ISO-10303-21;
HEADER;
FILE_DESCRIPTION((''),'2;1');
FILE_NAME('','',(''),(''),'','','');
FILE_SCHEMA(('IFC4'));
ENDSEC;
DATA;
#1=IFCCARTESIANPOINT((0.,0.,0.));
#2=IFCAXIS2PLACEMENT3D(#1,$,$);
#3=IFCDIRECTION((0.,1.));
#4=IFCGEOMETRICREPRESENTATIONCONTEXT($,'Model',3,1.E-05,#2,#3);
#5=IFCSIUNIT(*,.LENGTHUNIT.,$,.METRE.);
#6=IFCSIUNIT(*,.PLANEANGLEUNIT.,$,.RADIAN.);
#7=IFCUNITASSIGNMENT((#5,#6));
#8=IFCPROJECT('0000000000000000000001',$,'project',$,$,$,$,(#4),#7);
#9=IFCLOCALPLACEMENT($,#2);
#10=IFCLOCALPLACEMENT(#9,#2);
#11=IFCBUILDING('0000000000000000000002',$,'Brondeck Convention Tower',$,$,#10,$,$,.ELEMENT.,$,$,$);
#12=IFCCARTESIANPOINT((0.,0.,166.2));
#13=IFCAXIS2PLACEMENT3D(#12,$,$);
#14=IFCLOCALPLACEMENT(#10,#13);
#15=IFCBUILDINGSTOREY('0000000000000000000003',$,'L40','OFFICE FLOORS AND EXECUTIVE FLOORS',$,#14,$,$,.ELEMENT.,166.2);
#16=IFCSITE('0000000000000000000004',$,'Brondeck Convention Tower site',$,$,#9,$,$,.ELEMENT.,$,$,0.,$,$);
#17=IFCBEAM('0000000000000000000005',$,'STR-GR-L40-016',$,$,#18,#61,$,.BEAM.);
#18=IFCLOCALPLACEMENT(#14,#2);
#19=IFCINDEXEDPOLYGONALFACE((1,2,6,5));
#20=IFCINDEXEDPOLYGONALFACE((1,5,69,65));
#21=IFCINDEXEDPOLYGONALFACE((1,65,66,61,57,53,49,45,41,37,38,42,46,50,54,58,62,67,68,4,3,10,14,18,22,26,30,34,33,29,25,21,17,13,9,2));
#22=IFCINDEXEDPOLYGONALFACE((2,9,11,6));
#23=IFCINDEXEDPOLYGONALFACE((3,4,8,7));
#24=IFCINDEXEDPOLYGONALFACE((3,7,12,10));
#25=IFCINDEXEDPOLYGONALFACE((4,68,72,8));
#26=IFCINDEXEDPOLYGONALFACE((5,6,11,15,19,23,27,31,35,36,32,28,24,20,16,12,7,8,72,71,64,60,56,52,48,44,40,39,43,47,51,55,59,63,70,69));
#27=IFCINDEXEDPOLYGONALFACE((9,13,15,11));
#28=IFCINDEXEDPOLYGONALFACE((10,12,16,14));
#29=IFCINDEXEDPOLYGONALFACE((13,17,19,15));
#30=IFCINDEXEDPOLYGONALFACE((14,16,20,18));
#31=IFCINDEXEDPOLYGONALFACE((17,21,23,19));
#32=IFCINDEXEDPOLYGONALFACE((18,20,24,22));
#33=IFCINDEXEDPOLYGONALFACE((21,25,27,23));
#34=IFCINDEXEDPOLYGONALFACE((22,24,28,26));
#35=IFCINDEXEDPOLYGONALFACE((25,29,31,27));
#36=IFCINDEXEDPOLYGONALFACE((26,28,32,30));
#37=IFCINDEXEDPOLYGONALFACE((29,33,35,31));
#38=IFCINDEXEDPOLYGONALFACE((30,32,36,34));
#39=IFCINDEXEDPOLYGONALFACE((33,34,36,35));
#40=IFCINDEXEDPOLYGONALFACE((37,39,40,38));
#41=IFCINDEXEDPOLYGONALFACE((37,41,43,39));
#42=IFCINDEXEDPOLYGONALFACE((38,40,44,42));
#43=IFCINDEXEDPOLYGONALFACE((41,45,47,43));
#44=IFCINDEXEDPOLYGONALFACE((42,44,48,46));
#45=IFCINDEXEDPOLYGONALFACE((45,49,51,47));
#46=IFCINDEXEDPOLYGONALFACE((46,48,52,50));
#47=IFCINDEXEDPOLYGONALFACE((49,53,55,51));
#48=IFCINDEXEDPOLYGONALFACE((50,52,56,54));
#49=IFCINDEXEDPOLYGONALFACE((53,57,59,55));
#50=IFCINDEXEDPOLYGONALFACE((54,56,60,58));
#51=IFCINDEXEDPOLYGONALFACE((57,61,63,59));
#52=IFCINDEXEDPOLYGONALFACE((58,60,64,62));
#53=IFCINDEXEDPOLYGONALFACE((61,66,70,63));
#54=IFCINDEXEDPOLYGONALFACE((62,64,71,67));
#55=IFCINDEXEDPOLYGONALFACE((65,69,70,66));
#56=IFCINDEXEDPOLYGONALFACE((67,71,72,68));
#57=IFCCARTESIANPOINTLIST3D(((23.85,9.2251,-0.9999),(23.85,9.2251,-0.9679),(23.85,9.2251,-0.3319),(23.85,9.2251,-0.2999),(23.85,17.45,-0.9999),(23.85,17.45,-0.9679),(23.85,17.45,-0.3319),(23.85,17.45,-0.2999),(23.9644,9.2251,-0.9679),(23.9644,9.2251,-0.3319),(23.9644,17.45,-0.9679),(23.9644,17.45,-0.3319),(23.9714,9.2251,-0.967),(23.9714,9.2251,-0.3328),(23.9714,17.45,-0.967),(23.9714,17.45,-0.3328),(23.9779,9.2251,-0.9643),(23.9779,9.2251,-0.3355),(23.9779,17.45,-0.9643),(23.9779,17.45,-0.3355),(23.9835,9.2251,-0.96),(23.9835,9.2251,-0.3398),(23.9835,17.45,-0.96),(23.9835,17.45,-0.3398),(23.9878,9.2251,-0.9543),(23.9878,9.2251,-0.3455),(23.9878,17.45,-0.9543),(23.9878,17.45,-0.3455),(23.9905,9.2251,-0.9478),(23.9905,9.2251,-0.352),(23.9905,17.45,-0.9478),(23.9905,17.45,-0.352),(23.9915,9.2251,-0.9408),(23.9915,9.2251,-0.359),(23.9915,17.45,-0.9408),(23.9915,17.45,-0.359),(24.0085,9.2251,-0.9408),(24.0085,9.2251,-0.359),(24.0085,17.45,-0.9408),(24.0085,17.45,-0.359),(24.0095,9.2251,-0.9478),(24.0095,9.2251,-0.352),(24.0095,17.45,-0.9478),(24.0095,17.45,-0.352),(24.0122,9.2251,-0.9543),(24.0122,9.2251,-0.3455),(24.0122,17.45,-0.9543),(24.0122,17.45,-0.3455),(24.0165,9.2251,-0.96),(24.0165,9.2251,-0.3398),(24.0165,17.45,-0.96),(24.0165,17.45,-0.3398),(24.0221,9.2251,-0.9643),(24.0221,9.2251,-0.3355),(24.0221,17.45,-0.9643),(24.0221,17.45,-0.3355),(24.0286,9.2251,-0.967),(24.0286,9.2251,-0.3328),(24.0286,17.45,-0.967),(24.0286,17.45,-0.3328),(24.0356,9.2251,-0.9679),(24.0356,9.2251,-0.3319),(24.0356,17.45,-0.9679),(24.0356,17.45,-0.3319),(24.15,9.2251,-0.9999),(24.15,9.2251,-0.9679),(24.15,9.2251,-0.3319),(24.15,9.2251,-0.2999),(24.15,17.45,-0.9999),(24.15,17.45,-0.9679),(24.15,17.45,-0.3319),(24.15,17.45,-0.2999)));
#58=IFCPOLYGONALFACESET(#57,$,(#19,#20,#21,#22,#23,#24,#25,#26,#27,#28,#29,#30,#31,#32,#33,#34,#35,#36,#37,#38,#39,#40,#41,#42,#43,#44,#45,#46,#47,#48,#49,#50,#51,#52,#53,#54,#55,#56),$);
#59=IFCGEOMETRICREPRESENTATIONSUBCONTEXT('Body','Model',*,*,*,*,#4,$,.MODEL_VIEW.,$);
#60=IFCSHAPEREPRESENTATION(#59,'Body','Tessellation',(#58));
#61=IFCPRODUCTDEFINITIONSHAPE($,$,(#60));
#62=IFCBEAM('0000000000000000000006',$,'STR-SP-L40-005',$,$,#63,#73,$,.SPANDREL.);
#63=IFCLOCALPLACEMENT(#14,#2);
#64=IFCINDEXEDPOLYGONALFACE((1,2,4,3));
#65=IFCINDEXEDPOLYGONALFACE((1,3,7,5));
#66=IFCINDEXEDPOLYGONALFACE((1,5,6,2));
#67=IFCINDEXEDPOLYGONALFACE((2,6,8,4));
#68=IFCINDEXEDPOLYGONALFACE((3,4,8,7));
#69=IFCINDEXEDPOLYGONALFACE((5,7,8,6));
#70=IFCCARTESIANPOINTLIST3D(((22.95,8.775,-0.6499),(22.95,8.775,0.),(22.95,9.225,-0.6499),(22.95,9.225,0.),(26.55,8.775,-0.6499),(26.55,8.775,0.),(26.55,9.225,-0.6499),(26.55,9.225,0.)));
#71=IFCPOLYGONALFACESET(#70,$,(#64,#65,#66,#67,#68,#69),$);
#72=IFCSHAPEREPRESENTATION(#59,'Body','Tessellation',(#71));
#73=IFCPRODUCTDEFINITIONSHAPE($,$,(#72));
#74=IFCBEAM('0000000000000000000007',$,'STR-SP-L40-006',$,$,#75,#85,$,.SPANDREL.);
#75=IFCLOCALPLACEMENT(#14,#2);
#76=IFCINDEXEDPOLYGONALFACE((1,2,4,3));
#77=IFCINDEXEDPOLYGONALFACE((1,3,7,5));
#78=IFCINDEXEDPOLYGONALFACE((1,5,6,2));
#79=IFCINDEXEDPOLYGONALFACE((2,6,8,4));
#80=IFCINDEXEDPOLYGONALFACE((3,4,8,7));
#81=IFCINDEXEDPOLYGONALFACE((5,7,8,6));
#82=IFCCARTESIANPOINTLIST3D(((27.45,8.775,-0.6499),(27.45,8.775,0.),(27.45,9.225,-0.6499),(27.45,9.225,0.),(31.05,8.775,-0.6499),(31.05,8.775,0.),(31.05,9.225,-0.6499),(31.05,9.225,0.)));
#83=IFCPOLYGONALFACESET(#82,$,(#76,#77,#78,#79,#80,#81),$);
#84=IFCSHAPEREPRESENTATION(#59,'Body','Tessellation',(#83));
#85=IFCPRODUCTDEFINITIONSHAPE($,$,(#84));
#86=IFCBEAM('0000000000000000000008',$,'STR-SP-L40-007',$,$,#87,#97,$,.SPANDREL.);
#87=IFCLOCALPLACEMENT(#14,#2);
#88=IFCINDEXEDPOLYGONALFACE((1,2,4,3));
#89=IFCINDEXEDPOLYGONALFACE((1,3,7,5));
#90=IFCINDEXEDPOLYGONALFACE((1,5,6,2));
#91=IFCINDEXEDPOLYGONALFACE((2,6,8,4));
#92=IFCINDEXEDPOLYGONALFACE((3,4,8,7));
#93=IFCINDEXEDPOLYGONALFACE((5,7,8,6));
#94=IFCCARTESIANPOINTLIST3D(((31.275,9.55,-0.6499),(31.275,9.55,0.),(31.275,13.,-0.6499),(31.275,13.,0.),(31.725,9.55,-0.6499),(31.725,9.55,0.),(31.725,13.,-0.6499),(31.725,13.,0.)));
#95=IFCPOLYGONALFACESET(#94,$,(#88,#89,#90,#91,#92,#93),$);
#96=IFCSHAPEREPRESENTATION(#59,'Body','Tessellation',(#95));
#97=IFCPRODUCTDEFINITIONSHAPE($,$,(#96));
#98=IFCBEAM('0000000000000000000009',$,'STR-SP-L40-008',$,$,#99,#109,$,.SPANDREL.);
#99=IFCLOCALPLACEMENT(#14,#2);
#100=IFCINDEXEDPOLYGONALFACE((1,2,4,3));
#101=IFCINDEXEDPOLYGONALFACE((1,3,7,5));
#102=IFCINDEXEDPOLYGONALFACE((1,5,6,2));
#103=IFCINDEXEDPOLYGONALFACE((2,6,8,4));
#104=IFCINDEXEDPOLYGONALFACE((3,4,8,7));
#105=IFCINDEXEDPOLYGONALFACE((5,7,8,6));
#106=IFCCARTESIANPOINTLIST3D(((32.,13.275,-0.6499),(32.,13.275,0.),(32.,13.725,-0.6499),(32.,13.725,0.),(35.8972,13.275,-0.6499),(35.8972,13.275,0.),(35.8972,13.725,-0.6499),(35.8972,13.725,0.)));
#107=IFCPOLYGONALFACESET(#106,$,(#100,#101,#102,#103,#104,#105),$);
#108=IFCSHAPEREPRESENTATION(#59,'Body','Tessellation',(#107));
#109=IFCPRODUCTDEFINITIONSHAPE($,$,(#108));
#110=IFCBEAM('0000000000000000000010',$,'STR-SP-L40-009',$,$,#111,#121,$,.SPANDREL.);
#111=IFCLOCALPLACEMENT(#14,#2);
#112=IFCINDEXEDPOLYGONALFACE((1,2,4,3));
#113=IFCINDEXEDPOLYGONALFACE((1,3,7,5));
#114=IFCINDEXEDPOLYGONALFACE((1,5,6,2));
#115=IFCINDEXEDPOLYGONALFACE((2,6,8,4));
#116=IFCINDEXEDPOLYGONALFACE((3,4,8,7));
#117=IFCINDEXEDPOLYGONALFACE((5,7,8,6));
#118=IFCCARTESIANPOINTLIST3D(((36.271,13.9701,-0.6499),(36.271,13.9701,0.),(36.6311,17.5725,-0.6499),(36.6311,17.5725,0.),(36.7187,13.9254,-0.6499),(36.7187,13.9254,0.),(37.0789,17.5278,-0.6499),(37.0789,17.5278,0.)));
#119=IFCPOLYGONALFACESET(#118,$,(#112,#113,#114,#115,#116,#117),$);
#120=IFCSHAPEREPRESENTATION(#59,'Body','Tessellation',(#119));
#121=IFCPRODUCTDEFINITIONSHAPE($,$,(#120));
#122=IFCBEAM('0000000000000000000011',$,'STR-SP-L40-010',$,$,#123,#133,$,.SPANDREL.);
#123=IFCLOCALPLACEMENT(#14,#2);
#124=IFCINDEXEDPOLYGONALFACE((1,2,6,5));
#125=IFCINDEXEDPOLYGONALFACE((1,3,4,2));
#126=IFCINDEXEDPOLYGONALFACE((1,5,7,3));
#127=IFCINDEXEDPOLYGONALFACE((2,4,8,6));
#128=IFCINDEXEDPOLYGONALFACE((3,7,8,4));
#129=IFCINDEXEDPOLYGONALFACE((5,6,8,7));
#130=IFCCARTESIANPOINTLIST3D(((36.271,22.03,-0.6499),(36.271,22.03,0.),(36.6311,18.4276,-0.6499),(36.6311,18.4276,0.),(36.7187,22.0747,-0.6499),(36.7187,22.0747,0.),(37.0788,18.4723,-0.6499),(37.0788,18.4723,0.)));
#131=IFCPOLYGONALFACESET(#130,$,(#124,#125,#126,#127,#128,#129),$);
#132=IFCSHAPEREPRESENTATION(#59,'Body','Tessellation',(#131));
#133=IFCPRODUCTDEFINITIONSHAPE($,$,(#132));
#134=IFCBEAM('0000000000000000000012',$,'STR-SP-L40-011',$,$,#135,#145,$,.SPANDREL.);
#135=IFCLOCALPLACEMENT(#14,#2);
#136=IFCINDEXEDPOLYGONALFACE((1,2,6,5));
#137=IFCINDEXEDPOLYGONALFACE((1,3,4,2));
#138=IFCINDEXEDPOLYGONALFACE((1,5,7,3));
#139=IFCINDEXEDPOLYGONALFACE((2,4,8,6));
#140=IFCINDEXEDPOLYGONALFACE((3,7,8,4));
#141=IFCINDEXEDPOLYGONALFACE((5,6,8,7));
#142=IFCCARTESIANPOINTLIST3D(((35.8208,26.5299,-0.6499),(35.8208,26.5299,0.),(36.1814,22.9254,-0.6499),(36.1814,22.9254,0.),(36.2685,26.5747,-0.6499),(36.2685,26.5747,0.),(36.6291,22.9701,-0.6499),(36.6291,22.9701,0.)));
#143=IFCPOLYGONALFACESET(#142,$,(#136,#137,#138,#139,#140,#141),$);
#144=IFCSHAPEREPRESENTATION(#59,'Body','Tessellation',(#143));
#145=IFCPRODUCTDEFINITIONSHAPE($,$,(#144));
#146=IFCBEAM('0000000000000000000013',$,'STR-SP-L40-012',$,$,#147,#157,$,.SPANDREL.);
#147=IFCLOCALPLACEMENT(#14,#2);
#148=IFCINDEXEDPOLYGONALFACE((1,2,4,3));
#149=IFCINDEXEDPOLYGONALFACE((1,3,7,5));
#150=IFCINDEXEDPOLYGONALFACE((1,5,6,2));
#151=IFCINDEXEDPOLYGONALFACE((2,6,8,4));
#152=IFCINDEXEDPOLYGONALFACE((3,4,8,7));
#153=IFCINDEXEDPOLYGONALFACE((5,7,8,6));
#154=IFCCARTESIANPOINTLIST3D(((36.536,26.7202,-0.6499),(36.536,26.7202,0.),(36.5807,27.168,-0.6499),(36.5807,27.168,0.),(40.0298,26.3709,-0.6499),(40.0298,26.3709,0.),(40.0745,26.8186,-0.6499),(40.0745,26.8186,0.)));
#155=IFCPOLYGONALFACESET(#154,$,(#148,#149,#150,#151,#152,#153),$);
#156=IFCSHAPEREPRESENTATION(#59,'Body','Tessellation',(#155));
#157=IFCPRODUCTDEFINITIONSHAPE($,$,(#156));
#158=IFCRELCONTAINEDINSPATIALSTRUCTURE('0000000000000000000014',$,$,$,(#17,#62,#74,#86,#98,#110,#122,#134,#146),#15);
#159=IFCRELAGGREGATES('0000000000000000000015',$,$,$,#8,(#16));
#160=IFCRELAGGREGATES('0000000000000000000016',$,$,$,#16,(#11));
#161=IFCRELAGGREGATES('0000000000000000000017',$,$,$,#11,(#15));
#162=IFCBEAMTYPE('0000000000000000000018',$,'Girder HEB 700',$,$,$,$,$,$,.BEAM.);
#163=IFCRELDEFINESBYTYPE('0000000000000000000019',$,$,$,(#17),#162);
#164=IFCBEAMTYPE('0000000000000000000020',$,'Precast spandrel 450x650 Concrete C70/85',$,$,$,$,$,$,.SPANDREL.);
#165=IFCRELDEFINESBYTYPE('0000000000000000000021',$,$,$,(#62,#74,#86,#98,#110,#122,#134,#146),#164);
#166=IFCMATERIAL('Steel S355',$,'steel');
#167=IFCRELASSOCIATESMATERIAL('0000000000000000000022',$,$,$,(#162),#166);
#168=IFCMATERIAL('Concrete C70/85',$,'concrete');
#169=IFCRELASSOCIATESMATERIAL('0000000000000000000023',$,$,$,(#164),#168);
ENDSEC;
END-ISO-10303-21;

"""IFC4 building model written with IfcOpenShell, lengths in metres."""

from ifc_helpers import new_model, si_unit, direction, frame, origin, origin_2d, place, context, subcontext, project, spatial, rectangle, i_section, extrude, material, material_profile, profile_set, type_object, element, save


model = new_model("IFC4")

# Units and contexts
model_context = context("Model", 3, precision=1e-05, world=origin(), true_north=direction((0.0, 1.0)))
body_context = subcontext(model_context, "Body", "Model", "MODEL_VIEW")
ifc_project = project(units=[si_unit("LENGTHUNIT", "METRE"), si_unit("PLANEANGLEUNIT", "RADIAN")], contexts=[model_context])

# Site, building, storey
site_placement = place(None, origin())
site = spatial("IfcSite", under=ifc_project, at=site_placement, Name="Brondeck Convention Tower site", CompositionType="ELEMENT", RefElevation=0.0)
building_placement = place(site_placement, origin())
building = spatial("IfcBuilding", under=site, at=building_placement, Name="Brondeck Convention Tower", CompositionType="ELEMENT")
storey_placement = place(building_placement, frame((0.0, 0.0, 166.2)))
storey = spatial("IfcBuildingStorey", under=building, at=storey_placement, Name="L40", Description="OFFICE FLOORS AND EXECUTIVE FLOORS", CompositionType="ELEMENT", Elevation=166.2)

# Shared definitions
ifc_material_1 = material(Name="Concrete C70/85", Category="concrete")

# Beams
ifc_material_2 = material(Name="Steel S355", Category="steel")
ifc_material_profile_1 = material_profile(ifc_material_2, i_section(OverallWidth=0.3, OverallDepth=0.7, WebThickness=0.0171, FlangeThickness=0.032, FilletRadius=0.0271, at=origin_2d()), Name="HEB 700")
ifc_profile_set_1 = profile_set([ifc_material_profile_1], Name="Steel S355")
beam_type_1 = type_object("IfcBeamType", Name="Girder HEB 700", PredefinedType="BEAM", material=ifc_profile_set_1)
beam_1_placement = place(storey_placement, frame((24.0, 17.45, -0.6499), z_axis=(0.0, -1.0, 0.0), x_axis=(1.0, 0.0, 0.0)))
element("IfcBeam", 1, at=beam_1_placement, inside=storey, type_object=beam_type_1, Name="STR-GR-L40-016", PredefinedType="BEAM", context=body_context, shape_type="SweptSolid", body=[
    extrude(i_section(OverallWidth=0.3, OverallDepth=0.7, WebThickness=0.0171, FlangeThickness=0.032, FilletRadius=0.0271, at=origin_2d()), origin(), (0.0, 0.0, 1.0), 8.2249),
])
ifc_material_profile_2 = material_profile(ifc_material_1, rectangle(XDim=0.45, YDim=0.6499, at=origin_2d()), Name="Precast spandrel 450x650 Concrete C70/85")
ifc_profile_set_2 = profile_set([ifc_material_profile_2], Name="Concrete C70/85")
beam_type_2 = type_object("IfcBeamType", Name="Precast spandrel 450x650 Concrete C70/85", PredefinedType="SPANDREL", material=ifc_profile_set_2)
for number, where, z_axis, x_axis, name in (
    (2, (22.95, 9.0, -0.325), (1.0, 0.0, 0.0), (0.0, 1.0, 0.0), "STR-SP-L40-005"),
    (3, (27.45, 9.0, -0.325), (1.0, 0.0, 0.0), (0.0, 1.0, 0.0), "STR-SP-L40-006"),
):
    element("IfcBeam", number, at=place(storey_placement, frame(where, z_axis=z_axis, x_axis=x_axis)), inside=storey, type_object=beam_type_2, Name=name, PredefinedType="SPANDREL", context=body_context, shape_type="SweptSolid", body=[
        extrude(rectangle(XDim=0.45, YDim=0.6499, at=origin_2d()), origin(), (0.0, 0.0, 1.0), 3.6001),
    ])
beam_2_placement = place(storey_placement, frame((31.5, 9.55, -0.325), z_axis=(0.0, 1.0, 0.0), x_axis=(-1.0, 0.0, 0.0)))
element("IfcBeam", 4, at=beam_2_placement, inside=storey, type_object=beam_type_2, Name="STR-SP-L40-007", PredefinedType="SPANDREL", context=body_context, shape_type="SweptSolid", body=[
    extrude(rectangle(XDim=0.45, YDim=0.6499, at=origin_2d()), origin(), (0.0, 0.0, 1.0), 3.45),
])
beam_3_placement = place(storey_placement, frame((32.0, 13.5, -0.325), z_axis=(1.0, 0.0, 0.0), x_axis=(0.0, 1.0, 0.0)))
element("IfcBeam", 5, at=beam_3_placement, inside=storey, type_object=beam_type_2, Name="STR-SP-L40-008", PredefinedType="SPANDREL", context=body_context, shape_type="SweptSolid", body=[
    extrude(rectangle(XDim=0.45, YDim=0.6499, at=origin_2d()), origin(), (0.0, 0.0, 1.0), 3.8972),
])
for number, where, z_axis, x_axis, name in (
    (6, (36.4949, 13.9478, -0.325), (0.09947, 0.995041, 0.0), (-0.995041, 0.09947, 0.0), "STR-SP-L40-009"),
    (7, (36.855, 18.45, -0.325), (-0.09947, 0.995041, 0.0), (-0.995041, -0.09947, 0.0), "STR-SP-L40-010"),
):
    element("IfcBeam", number, at=place(storey_placement, frame(where, z_axis=z_axis, x_axis=x_axis)), inside=storey, type_object=beam_type_2, Name=name, PredefinedType="SPANDREL", context=body_context, shape_type="SweptSolid", body=[
        extrude(rectangle(XDim=0.45, YDim=0.6499, at=origin_2d()), origin(), (0.0, 0.0, 1.0), 3.6204),
    ])
beam_4_placement = place(storey_placement, frame((36.4053, 22.9478, -0.325), z_axis=(-0.099544, 0.995033, 0.0), x_axis=(-0.995033, -0.099544, 0.0)))
element("IfcBeam", 8, at=beam_4_placement, inside=storey, type_object=beam_type_2, Name="STR-SP-L40-011", PredefinedType="SPANDREL", context=body_context, shape_type="SweptSolid", body=[
    extrude(rectangle(XDim=0.45, YDim=0.6499, at=origin_2d()), origin(), (0.0, 0.0, 1.0), 3.6226),
])
beam_5_placement = place(storey_placement, frame((36.5583, 26.9441, -0.325), z_axis=(0.995038, -0.099497, 0.0), x_axis=(0.099497, 0.995038, 0.0)))
element("IfcBeam", 9, at=beam_5_placement, inside=storey, type_object=beam_type_2, Name="STR-SP-L40-012", PredefinedType="SPANDREL", context=body_context, shape_type="SweptSolid", body=[
    extrude(rectangle(XDim=0.45, YDim=0.6499, at=origin_2d()), origin(), (0.0, 0.0, 1.0), 3.5112),
])

save(model, "model.ifc")
